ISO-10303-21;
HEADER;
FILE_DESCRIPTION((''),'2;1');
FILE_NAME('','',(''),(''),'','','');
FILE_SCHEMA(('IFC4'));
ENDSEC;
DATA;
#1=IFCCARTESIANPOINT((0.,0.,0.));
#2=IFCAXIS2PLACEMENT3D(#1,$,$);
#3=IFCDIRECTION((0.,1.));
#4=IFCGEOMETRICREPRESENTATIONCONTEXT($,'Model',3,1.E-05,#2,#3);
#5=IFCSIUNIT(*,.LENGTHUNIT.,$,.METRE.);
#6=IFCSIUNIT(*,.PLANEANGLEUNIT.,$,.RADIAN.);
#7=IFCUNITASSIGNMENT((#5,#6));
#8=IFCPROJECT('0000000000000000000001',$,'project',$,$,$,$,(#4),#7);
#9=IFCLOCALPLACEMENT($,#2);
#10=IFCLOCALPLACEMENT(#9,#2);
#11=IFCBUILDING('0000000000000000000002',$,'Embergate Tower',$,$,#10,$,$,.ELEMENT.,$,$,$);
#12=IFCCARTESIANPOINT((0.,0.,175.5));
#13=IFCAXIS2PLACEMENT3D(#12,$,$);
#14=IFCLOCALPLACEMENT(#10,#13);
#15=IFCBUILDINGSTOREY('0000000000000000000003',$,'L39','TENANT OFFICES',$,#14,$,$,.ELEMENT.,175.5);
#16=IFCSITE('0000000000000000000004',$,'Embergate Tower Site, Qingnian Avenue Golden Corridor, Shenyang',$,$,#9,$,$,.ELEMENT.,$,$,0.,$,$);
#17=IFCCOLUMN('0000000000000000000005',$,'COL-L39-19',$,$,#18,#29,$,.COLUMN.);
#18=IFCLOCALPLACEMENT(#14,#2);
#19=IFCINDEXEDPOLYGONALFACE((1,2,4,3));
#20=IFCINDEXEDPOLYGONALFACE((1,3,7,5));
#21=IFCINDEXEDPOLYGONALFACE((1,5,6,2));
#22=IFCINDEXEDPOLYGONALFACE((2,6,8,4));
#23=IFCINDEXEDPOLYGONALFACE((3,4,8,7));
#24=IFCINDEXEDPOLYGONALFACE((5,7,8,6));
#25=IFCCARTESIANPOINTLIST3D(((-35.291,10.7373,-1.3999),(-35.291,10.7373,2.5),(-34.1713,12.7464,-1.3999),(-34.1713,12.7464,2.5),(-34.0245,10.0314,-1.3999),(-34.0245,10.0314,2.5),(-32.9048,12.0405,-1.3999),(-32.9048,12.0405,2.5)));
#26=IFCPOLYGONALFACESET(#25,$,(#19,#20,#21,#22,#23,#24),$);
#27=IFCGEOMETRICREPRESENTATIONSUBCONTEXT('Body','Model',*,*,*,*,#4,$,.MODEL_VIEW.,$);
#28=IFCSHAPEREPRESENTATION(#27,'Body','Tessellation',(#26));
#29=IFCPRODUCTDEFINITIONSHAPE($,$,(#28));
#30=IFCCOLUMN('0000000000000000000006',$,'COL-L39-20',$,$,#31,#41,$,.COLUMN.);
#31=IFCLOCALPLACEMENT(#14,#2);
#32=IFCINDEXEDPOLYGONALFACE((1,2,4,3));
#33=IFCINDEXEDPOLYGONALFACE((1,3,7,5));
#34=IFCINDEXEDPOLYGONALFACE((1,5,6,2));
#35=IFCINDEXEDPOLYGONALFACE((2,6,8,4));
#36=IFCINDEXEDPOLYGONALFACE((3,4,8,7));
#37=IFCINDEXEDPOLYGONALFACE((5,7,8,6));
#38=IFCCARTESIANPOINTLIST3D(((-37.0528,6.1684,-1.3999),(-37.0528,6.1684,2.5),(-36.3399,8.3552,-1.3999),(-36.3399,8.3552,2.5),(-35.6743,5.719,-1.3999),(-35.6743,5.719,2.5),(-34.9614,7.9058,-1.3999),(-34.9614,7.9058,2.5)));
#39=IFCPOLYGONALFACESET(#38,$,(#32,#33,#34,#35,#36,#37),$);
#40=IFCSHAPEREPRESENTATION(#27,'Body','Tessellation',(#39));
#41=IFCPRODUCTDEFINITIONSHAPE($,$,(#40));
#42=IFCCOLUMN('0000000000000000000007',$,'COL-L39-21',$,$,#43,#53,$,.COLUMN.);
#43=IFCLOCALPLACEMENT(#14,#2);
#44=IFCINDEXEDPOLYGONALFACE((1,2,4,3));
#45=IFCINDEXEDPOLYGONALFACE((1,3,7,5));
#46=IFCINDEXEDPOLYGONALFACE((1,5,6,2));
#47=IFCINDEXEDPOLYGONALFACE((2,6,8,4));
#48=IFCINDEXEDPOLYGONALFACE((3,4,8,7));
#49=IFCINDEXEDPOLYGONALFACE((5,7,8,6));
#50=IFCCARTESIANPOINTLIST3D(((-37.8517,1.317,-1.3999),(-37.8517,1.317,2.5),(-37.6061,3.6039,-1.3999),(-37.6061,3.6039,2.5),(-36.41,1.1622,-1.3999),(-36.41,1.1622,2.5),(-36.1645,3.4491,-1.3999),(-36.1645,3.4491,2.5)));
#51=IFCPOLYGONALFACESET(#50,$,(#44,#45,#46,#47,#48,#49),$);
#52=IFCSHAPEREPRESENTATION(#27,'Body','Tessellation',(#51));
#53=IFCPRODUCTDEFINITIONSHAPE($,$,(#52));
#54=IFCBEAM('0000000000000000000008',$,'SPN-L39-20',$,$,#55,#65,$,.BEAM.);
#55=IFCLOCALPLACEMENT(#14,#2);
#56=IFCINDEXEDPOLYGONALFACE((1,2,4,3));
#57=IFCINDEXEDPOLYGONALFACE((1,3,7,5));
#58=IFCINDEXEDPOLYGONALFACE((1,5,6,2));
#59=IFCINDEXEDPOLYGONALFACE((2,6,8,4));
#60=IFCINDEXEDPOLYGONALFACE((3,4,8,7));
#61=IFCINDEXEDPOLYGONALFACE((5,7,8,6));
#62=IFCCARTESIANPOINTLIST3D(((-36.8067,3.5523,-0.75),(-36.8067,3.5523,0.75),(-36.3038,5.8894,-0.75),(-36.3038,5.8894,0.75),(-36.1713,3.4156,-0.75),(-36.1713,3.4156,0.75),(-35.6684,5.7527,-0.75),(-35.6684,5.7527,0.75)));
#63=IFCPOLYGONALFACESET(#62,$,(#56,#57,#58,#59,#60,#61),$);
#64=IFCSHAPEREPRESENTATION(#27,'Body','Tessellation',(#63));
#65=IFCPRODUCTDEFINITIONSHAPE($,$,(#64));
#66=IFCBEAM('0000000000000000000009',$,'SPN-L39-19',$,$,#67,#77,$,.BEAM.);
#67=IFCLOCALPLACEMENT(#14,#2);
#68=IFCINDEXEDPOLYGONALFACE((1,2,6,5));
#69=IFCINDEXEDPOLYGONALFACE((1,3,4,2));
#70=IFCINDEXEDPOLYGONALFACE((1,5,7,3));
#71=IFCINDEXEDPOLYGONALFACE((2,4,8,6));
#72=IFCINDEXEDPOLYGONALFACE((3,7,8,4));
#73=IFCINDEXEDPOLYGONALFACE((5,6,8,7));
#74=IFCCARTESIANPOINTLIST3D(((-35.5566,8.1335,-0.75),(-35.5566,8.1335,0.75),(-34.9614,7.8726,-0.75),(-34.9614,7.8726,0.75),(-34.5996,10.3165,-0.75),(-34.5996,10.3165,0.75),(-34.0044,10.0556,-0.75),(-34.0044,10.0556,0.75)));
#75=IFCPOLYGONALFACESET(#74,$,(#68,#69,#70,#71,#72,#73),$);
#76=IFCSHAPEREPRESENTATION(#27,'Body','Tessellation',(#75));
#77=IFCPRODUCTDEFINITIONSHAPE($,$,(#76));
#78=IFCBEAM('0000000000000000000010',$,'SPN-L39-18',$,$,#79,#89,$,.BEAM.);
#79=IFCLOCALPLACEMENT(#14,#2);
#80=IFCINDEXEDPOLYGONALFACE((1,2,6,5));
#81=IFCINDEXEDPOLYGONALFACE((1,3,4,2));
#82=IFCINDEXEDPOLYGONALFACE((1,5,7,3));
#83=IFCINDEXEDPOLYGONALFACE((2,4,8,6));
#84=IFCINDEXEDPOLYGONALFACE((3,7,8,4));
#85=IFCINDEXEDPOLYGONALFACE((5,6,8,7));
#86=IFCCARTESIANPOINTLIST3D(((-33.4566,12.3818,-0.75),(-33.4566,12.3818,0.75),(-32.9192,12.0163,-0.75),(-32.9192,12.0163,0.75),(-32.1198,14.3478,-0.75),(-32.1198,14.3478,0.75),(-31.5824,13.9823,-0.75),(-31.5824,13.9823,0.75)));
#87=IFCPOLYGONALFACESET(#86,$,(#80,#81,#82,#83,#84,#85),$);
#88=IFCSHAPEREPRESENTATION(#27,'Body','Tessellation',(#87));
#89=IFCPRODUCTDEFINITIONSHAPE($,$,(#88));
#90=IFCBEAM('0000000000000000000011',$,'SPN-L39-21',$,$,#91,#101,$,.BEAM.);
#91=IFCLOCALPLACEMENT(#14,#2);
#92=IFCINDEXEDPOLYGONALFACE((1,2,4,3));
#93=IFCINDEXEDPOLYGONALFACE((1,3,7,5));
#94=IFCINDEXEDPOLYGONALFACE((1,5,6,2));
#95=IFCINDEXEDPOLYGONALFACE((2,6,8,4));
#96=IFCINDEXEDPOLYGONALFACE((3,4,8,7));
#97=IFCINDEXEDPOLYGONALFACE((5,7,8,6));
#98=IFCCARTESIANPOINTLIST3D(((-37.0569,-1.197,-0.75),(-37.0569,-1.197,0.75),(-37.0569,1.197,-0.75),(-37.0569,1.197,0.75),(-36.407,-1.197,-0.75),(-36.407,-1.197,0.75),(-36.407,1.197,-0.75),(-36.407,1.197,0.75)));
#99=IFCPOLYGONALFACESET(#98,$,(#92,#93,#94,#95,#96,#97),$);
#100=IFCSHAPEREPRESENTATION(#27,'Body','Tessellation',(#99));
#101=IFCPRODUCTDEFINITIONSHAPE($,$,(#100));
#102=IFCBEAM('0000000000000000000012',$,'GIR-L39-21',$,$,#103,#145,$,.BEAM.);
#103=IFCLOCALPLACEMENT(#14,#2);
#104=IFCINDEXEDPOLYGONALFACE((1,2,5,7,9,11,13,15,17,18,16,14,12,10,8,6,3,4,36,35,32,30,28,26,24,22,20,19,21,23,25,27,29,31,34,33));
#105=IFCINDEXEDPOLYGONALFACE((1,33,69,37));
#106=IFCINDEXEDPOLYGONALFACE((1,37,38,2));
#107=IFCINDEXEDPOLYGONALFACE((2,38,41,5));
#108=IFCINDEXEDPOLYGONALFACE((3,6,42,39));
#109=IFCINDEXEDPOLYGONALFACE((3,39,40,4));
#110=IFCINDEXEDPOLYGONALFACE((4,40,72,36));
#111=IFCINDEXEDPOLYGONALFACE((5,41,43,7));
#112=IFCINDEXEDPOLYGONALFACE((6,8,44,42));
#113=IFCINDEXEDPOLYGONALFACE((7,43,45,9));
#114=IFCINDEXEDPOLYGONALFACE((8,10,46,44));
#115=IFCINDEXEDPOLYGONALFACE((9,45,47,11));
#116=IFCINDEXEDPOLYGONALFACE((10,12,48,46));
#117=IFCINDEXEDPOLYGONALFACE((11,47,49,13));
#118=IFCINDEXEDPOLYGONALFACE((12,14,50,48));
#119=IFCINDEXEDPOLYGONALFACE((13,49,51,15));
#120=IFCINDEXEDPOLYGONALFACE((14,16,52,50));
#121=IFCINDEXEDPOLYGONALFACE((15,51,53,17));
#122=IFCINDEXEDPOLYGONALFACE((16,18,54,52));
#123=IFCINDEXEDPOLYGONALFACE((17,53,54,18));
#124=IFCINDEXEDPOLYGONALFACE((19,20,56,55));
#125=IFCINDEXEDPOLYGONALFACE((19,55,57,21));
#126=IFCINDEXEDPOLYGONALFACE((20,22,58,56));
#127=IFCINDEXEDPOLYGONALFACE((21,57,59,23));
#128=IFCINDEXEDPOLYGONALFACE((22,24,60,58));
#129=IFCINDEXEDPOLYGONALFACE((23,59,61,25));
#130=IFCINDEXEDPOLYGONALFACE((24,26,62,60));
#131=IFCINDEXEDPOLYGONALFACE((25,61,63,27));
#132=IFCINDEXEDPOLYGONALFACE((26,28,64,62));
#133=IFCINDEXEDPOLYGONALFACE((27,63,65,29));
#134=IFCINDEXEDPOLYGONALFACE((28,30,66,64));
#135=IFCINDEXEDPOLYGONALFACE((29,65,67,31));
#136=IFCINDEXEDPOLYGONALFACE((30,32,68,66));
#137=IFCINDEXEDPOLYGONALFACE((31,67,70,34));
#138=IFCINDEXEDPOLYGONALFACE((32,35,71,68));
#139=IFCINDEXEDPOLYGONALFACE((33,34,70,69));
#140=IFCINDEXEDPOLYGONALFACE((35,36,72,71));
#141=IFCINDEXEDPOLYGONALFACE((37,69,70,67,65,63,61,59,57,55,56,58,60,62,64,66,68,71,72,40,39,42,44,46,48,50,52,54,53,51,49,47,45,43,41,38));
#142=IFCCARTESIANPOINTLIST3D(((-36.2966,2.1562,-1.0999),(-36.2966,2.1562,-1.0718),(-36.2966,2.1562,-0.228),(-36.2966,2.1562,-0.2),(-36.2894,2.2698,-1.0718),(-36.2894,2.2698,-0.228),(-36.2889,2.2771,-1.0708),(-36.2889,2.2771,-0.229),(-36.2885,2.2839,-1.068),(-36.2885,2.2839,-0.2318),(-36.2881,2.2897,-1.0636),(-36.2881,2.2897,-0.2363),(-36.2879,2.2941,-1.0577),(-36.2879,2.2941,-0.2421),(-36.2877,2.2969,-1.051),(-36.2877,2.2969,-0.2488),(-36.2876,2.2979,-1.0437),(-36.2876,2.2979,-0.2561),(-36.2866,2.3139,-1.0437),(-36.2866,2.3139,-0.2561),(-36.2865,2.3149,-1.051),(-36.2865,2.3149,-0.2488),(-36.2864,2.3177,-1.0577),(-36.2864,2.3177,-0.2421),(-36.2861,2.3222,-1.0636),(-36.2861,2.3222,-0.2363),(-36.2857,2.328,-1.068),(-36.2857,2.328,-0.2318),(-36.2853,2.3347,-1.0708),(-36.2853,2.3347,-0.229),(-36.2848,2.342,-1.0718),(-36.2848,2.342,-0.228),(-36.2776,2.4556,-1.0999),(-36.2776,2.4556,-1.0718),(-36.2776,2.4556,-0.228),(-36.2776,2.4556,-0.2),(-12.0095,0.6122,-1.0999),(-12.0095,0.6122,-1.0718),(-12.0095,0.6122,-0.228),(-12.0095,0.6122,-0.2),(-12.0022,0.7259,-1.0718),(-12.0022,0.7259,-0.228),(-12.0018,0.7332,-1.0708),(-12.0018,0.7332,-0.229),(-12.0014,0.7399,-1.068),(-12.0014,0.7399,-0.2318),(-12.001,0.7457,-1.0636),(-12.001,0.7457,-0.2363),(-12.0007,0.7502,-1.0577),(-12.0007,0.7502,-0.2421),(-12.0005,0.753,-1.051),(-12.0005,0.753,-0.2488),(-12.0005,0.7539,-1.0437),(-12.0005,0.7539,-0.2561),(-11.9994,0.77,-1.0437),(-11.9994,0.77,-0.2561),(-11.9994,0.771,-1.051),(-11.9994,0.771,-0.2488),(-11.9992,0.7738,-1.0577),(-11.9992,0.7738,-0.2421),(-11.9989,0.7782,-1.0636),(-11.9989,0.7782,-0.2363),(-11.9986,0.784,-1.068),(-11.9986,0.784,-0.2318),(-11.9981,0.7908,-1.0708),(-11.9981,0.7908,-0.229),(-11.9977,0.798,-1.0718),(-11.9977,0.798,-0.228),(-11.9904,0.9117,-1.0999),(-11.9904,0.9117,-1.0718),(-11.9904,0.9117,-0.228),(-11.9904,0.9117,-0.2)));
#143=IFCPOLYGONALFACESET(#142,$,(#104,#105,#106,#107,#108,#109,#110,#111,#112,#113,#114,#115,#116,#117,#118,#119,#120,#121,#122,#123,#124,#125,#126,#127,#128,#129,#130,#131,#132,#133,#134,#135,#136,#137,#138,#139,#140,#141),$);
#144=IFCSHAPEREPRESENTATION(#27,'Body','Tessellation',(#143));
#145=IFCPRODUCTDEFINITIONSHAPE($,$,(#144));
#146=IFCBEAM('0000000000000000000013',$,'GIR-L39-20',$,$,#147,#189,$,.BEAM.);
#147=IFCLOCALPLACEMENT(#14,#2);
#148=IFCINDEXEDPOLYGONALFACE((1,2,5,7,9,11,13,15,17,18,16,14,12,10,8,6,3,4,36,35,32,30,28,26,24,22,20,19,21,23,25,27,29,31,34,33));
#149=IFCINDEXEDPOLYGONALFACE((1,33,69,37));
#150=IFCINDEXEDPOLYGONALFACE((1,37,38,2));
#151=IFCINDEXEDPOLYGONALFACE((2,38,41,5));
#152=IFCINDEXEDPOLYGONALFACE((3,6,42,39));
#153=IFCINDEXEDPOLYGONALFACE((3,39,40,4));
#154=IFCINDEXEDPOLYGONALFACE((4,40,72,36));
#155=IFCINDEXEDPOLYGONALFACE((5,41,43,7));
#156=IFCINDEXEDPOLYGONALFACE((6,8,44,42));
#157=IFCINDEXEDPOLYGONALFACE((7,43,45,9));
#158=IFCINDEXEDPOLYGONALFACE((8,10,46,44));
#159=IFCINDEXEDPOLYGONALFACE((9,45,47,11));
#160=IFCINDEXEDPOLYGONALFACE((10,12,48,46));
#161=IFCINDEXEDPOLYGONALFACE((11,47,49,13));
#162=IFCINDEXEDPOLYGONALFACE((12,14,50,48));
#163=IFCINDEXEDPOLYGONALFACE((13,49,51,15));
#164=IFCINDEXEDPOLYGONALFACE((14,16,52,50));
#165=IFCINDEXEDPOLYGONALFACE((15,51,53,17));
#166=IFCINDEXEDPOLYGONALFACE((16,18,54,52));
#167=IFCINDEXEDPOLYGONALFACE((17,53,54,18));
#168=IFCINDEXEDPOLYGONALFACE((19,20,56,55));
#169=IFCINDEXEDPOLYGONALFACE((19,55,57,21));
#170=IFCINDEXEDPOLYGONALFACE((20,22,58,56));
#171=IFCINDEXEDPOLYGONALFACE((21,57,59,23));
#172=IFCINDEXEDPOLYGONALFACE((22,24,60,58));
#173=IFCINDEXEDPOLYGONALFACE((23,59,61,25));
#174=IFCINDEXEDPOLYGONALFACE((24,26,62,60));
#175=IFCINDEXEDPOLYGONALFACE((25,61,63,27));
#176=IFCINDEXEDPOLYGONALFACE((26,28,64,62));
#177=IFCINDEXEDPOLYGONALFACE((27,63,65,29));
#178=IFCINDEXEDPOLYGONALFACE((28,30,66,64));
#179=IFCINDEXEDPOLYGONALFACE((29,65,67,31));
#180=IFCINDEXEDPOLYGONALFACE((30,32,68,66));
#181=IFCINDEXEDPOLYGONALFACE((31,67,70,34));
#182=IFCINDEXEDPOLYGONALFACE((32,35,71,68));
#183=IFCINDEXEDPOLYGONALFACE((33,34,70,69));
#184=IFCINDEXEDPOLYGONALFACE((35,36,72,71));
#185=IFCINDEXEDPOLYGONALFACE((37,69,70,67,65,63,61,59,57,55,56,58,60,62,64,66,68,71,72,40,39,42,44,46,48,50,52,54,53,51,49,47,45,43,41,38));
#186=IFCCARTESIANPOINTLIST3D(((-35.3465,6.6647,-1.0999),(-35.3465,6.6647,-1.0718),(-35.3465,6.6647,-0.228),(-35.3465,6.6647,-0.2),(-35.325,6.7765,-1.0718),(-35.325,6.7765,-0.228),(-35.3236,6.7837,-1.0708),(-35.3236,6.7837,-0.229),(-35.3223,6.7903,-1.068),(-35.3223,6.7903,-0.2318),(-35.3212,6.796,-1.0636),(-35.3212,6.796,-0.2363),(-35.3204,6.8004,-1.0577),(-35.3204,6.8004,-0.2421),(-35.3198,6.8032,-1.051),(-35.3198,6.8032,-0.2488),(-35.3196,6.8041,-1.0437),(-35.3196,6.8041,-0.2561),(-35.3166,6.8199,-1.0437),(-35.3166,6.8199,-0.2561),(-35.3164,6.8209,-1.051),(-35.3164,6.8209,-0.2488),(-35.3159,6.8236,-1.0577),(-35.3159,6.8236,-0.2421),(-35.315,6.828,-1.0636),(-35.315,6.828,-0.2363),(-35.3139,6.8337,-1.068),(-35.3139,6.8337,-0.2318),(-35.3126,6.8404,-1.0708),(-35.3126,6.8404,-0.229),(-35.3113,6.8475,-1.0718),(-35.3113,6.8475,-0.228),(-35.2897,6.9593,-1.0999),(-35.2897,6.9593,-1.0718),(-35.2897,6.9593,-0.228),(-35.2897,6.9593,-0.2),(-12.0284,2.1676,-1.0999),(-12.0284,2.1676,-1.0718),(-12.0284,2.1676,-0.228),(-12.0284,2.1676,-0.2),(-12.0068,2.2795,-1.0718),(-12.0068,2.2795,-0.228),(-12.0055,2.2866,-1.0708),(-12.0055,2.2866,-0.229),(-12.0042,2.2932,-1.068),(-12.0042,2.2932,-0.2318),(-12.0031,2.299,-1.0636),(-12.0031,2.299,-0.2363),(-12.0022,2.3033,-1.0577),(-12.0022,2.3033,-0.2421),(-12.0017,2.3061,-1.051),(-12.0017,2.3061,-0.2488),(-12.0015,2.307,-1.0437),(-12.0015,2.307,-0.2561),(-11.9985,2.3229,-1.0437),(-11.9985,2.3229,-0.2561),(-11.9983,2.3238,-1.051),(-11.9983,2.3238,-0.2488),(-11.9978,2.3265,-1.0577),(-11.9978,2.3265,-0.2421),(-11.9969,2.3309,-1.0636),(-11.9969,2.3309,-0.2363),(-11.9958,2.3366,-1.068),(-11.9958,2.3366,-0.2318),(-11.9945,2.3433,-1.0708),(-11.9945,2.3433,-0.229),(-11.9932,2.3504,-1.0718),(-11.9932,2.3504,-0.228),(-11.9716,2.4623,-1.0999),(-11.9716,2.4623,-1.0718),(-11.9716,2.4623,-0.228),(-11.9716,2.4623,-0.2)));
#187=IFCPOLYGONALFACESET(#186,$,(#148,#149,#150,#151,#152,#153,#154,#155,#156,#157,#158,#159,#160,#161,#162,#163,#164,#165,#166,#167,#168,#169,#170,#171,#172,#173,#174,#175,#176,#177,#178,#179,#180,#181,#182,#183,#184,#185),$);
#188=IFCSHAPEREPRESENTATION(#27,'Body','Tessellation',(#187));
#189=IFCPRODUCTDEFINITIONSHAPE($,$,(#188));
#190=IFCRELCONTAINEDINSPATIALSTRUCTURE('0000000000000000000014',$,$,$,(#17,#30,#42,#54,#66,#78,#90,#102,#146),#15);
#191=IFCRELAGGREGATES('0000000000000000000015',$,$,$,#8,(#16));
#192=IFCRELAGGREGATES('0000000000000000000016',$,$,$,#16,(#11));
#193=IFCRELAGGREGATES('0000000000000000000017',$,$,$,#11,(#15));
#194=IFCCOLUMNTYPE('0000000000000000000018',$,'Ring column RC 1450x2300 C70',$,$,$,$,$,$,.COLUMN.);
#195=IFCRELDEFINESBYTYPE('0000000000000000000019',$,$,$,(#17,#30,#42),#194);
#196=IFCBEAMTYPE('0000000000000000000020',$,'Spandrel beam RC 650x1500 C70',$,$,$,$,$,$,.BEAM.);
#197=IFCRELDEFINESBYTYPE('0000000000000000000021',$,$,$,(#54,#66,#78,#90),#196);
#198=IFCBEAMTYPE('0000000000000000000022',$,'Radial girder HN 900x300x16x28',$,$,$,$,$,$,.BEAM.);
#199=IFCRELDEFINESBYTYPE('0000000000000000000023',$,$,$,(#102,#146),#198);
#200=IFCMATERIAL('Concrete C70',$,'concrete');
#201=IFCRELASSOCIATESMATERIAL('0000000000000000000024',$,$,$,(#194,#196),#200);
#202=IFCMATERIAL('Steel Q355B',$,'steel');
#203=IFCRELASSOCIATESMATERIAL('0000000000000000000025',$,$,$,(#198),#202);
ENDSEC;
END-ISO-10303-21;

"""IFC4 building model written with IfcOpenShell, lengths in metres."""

from ifc_helpers import new_model, si_unit, direction, frame, origin, origin_2d, place, context, subcontext, project, spatial, rectangle, i_section, extrude, source, transform, mapped, material, material_profile, profile_set, type_object, element, save


model = new_model("IFC4")

# Units and contexts
model_context = context("Model", 3, precision=1e-05, world=origin(), true_north=direction((0.0, 1.0)))
body_context = subcontext(model_context, "Body", "Model", "MODEL_VIEW")
ifc_project = project(units=[si_unit("LENGTHUNIT", "METRE"), si_unit("PLANEANGLEUNIT", "RADIAN")], contexts=[model_context])

# Site, building, storey
site_placement = place(None, origin())
site = spatial("IfcSite", under=ifc_project, at=site_placement, Name="Embergate Tower Site, Qingnian Avenue Golden Corridor, Shenyang", CompositionType="ELEMENT", RefElevation=0.0)
building_placement = place(site_placement, origin())
building = spatial("IfcBuilding", under=site, at=building_placement, Name="Embergate Tower", CompositionType="ELEMENT")
storey_placement = place(building_placement, frame((0.0, 0.0, 175.5)))
storey = spatial("IfcBuildingStorey", under=building, at=storey_placement, Name="L39", Description="TENANT OFFICES", CompositionType="ELEMENT", Elevation=175.5)

# Columns
ifc_material_1 = material(Name="Concrete C70", Category="concrete")
ifc_material_profile_1 = material_profile(ifc_material_1, rectangle(XDim=1.45, YDim=2.3, at=origin_2d()), Name="RC 1450x2300")
ifc_profile_set_1 = profile_set([ifc_material_profile_1], Name="Concrete C70")
column_type = type_object("IfcColumnType", Name="Ring column RC 1450x2300 C70", PredefinedType="COLUMN", material=ifc_profile_set_1)
shared_shape_1 = source(origin(), body_context, "Body", "SweptSolid", [
    extrude(rectangle(XDim=1.45, YDim=2.3, at=origin_2d()), origin(), (0.0, 0.0, 1.0), 3.8999),
])
for number, where, z_axis, x_axis, name in (
    (1, (-34.0979, 11.3889, -1.3999), (0.0, 0.0, 1.0), (-0.873492, 0.486839, 0.0), "COL-L39-19"),
    (2, (-36.0071, 7.0371, -1.3999), (0.0, 0.0, 1.0), (-0.950754, 0.309946, 0.0), "COL-L39-20"),
    (3, (-37.0081, 2.3831, -1.3999), (0.0, 0.0, 1.0), (-0.994286, 0.10675, 0.0), "COL-L39-21"),
):
    element("IfcColumn", number, at=place(storey_placement, frame(where, z_axis=z_axis, x_axis=x_axis)), inside=storey, type_object=column_type, Name=name, PredefinedType="COLUMN", context=body_context, shape_type="MappedRepresentation", body=[
        mapped(shared_shape_1, transform((0.0, 0.0, 0.0))),
    ])

# Beams
ifc_material_profile_2 = material_profile(ifc_material_1, rectangle(XDim=0.6499, YDim=1.5, at=origin_2d()), Name="RC 650x1500")
ifc_profile_set_2 = profile_set([ifc_material_profile_2], Name="Concrete C70")
beam_type_1 = type_object("IfcBeamType", Name="Spandrel beam RC 650x1500 C70", PredefinedType="BEAM", material=ifc_profile_set_2)
shared_shape_2 = source(origin(), body_context, "Body", "SweptSolid", [
    extrude(rectangle(XDim=0.6499, YDim=1.5, at=origin_2d()), origin(), (0.0, 0.0, 1.0), 2.3906),
])
beam_1_placement = place(storey_placement, frame((-35.9861, 5.821, 0.0), z_axis=(-0.210373, -0.977621, 0.0), x_axis=(0.977621, -0.210373, 0.0)))
element("IfcBeam", 4, at=beam_1_placement, inside=storey, type_object=beam_type_1, Name="SPN-L39-20", PredefinedType="BEAM", context=body_context, shape_type="MappedRepresentation", body=[
    mapped(shared_shape_2, transform((0.0, 0.0, 0.0))),
])
shared_shape_3 = source(origin(), body_context, "Body", "SweptSolid", [
    extrude(rectangle(XDim=0.6499, YDim=1.5, at=origin_2d()), origin(), (0.0, 0.0, 1.0), 2.3835),
])
beam_2_placement = place(storey_placement, frame((-34.302, 10.186, 0.0), z_axis=(-0.401496, -0.915861, 0.0), x_axis=(0.915861, -0.401496, 0.0)))
element("IfcBeam", 5, at=beam_2_placement, inside=storey, type_object=beam_type_1, Name="SPN-L39-19", PredefinedType="BEAM", context=body_context, shape_type="MappedRepresentation", body=[
    mapped(shared_shape_3, transform((0.0, 0.0, 0.0))),
])
shared_shape_4 = source(origin(), body_context, "Body", "SweptSolid", [
    extrude(rectangle(XDim=0.6499, YDim=1.5, at=origin_2d()), origin(), (0.0, 0.0, 1.0), 2.3774),
])
beam_3_placement = place(storey_placement, frame((-31.8511, 14.165, 0.0), z_axis=(-0.562307, -0.826928, 0.0), x_axis=(0.826928, -0.562307, 0.0)))
element("IfcBeam", 6, at=beam_3_placement, inside=storey, type_object=beam_type_1, Name="SPN-L39-18", PredefinedType="BEAM", context=body_context, shape_type="MappedRepresentation", body=[
    mapped(shared_shape_4, transform((0.0, 0.0, 0.0))),
])
shared_shape_5 = source(origin(), body_context, "Body", "SweptSolid", [
    extrude(rectangle(XDim=0.6499, YDim=1.5, at=origin_2d()), origin(), (0.0, 0.0, 1.0), 2.394),
])
beam_4_placement = place(storey_placement, frame((-36.7319, 1.197, 0.0), z_axis=(0.0, -1.0, 0.0), x_axis=(1.0, 0.0, 0.0)))
element("IfcBeam", 7, at=beam_4_placement, inside=storey, type_object=beam_type_1, Name="SPN-L39-21", PredefinedType="BEAM", context=body_context, shape_type="MappedRepresentation", body=[
    mapped(shared_shape_5, transform((0.0, 0.0, 0.0))),
])
ifc_material_2 = material(Name="Steel Q355B", Category="steel")
ifc_material_profile_3 = material_profile(ifc_material_2, i_section(OverallWidth=0.3, OverallDepth=0.8999, WebThickness=0.0161, FlangeThickness=0.0281, FilletRadius=0.0281, at=origin_2d()), Name="HN 900x300x16x28")
ifc_profile_set_3 = profile_set([ifc_material_profile_3], Name="Steel Q355 grade B")
beam_type_2 = type_object("IfcBeamType", Name="Radial girder HN 900x300x16x28", PredefinedType="BEAM", material=ifc_profile_set_3)
shared_shape_6 = source(origin(), body_context, "Body", "SweptSolid", [
    extrude(i_section(OverallWidth=0.3, OverallDepth=0.8999, WebThickness=0.0161, FlangeThickness=0.0281, FilletRadius=0.0281, at=origin_2d()), origin(), (0.0, 0.0, 1.0), 24.3362),
])
beam_5_placement = place(storey_placement, frame((-36.2871, 2.3059, -0.6499), z_axis=(0.997985, -0.063443, 0.0), x_axis=(0.063443, 0.997985, 0.0)))
element("IfcBeam", 8, at=beam_5_placement, inside=storey, type_object=beam_type_2, Name="GIR-L39-21", PredefinedType="BEAM", context=body_context, shape_type="MappedRepresentation", body=[
    mapped(shared_shape_6, transform((0.0, 0.0, 0.0))),
])
shared_shape_7 = source(origin(), body_context, "Body", "SweptSolid", [
    extrude(i_section(OverallWidth=0.3, OverallDepth=0.8999, WebThickness=0.0161, FlangeThickness=0.0281, FilletRadius=0.0281, at=origin_2d()), origin(), (0.0, 0.0, 1.0), 23.7478),
])
beam_6_placement = place(storey_placement, frame((-35.3181, 6.812, -0.6499), z_axis=(0.981906, -0.189368, 0.0), x_axis=(0.189368, 0.981906, 0.0)))
element("IfcBeam", 9, at=beam_6_placement, inside=storey, type_object=beam_type_2, Name="GIR-L39-20", PredefinedType="BEAM", context=body_context, shape_type="MappedRepresentation", body=[
    mapped(shared_shape_7, transform((0.0, 0.0, 0.0))),
])

save(model, "model.ifc")
